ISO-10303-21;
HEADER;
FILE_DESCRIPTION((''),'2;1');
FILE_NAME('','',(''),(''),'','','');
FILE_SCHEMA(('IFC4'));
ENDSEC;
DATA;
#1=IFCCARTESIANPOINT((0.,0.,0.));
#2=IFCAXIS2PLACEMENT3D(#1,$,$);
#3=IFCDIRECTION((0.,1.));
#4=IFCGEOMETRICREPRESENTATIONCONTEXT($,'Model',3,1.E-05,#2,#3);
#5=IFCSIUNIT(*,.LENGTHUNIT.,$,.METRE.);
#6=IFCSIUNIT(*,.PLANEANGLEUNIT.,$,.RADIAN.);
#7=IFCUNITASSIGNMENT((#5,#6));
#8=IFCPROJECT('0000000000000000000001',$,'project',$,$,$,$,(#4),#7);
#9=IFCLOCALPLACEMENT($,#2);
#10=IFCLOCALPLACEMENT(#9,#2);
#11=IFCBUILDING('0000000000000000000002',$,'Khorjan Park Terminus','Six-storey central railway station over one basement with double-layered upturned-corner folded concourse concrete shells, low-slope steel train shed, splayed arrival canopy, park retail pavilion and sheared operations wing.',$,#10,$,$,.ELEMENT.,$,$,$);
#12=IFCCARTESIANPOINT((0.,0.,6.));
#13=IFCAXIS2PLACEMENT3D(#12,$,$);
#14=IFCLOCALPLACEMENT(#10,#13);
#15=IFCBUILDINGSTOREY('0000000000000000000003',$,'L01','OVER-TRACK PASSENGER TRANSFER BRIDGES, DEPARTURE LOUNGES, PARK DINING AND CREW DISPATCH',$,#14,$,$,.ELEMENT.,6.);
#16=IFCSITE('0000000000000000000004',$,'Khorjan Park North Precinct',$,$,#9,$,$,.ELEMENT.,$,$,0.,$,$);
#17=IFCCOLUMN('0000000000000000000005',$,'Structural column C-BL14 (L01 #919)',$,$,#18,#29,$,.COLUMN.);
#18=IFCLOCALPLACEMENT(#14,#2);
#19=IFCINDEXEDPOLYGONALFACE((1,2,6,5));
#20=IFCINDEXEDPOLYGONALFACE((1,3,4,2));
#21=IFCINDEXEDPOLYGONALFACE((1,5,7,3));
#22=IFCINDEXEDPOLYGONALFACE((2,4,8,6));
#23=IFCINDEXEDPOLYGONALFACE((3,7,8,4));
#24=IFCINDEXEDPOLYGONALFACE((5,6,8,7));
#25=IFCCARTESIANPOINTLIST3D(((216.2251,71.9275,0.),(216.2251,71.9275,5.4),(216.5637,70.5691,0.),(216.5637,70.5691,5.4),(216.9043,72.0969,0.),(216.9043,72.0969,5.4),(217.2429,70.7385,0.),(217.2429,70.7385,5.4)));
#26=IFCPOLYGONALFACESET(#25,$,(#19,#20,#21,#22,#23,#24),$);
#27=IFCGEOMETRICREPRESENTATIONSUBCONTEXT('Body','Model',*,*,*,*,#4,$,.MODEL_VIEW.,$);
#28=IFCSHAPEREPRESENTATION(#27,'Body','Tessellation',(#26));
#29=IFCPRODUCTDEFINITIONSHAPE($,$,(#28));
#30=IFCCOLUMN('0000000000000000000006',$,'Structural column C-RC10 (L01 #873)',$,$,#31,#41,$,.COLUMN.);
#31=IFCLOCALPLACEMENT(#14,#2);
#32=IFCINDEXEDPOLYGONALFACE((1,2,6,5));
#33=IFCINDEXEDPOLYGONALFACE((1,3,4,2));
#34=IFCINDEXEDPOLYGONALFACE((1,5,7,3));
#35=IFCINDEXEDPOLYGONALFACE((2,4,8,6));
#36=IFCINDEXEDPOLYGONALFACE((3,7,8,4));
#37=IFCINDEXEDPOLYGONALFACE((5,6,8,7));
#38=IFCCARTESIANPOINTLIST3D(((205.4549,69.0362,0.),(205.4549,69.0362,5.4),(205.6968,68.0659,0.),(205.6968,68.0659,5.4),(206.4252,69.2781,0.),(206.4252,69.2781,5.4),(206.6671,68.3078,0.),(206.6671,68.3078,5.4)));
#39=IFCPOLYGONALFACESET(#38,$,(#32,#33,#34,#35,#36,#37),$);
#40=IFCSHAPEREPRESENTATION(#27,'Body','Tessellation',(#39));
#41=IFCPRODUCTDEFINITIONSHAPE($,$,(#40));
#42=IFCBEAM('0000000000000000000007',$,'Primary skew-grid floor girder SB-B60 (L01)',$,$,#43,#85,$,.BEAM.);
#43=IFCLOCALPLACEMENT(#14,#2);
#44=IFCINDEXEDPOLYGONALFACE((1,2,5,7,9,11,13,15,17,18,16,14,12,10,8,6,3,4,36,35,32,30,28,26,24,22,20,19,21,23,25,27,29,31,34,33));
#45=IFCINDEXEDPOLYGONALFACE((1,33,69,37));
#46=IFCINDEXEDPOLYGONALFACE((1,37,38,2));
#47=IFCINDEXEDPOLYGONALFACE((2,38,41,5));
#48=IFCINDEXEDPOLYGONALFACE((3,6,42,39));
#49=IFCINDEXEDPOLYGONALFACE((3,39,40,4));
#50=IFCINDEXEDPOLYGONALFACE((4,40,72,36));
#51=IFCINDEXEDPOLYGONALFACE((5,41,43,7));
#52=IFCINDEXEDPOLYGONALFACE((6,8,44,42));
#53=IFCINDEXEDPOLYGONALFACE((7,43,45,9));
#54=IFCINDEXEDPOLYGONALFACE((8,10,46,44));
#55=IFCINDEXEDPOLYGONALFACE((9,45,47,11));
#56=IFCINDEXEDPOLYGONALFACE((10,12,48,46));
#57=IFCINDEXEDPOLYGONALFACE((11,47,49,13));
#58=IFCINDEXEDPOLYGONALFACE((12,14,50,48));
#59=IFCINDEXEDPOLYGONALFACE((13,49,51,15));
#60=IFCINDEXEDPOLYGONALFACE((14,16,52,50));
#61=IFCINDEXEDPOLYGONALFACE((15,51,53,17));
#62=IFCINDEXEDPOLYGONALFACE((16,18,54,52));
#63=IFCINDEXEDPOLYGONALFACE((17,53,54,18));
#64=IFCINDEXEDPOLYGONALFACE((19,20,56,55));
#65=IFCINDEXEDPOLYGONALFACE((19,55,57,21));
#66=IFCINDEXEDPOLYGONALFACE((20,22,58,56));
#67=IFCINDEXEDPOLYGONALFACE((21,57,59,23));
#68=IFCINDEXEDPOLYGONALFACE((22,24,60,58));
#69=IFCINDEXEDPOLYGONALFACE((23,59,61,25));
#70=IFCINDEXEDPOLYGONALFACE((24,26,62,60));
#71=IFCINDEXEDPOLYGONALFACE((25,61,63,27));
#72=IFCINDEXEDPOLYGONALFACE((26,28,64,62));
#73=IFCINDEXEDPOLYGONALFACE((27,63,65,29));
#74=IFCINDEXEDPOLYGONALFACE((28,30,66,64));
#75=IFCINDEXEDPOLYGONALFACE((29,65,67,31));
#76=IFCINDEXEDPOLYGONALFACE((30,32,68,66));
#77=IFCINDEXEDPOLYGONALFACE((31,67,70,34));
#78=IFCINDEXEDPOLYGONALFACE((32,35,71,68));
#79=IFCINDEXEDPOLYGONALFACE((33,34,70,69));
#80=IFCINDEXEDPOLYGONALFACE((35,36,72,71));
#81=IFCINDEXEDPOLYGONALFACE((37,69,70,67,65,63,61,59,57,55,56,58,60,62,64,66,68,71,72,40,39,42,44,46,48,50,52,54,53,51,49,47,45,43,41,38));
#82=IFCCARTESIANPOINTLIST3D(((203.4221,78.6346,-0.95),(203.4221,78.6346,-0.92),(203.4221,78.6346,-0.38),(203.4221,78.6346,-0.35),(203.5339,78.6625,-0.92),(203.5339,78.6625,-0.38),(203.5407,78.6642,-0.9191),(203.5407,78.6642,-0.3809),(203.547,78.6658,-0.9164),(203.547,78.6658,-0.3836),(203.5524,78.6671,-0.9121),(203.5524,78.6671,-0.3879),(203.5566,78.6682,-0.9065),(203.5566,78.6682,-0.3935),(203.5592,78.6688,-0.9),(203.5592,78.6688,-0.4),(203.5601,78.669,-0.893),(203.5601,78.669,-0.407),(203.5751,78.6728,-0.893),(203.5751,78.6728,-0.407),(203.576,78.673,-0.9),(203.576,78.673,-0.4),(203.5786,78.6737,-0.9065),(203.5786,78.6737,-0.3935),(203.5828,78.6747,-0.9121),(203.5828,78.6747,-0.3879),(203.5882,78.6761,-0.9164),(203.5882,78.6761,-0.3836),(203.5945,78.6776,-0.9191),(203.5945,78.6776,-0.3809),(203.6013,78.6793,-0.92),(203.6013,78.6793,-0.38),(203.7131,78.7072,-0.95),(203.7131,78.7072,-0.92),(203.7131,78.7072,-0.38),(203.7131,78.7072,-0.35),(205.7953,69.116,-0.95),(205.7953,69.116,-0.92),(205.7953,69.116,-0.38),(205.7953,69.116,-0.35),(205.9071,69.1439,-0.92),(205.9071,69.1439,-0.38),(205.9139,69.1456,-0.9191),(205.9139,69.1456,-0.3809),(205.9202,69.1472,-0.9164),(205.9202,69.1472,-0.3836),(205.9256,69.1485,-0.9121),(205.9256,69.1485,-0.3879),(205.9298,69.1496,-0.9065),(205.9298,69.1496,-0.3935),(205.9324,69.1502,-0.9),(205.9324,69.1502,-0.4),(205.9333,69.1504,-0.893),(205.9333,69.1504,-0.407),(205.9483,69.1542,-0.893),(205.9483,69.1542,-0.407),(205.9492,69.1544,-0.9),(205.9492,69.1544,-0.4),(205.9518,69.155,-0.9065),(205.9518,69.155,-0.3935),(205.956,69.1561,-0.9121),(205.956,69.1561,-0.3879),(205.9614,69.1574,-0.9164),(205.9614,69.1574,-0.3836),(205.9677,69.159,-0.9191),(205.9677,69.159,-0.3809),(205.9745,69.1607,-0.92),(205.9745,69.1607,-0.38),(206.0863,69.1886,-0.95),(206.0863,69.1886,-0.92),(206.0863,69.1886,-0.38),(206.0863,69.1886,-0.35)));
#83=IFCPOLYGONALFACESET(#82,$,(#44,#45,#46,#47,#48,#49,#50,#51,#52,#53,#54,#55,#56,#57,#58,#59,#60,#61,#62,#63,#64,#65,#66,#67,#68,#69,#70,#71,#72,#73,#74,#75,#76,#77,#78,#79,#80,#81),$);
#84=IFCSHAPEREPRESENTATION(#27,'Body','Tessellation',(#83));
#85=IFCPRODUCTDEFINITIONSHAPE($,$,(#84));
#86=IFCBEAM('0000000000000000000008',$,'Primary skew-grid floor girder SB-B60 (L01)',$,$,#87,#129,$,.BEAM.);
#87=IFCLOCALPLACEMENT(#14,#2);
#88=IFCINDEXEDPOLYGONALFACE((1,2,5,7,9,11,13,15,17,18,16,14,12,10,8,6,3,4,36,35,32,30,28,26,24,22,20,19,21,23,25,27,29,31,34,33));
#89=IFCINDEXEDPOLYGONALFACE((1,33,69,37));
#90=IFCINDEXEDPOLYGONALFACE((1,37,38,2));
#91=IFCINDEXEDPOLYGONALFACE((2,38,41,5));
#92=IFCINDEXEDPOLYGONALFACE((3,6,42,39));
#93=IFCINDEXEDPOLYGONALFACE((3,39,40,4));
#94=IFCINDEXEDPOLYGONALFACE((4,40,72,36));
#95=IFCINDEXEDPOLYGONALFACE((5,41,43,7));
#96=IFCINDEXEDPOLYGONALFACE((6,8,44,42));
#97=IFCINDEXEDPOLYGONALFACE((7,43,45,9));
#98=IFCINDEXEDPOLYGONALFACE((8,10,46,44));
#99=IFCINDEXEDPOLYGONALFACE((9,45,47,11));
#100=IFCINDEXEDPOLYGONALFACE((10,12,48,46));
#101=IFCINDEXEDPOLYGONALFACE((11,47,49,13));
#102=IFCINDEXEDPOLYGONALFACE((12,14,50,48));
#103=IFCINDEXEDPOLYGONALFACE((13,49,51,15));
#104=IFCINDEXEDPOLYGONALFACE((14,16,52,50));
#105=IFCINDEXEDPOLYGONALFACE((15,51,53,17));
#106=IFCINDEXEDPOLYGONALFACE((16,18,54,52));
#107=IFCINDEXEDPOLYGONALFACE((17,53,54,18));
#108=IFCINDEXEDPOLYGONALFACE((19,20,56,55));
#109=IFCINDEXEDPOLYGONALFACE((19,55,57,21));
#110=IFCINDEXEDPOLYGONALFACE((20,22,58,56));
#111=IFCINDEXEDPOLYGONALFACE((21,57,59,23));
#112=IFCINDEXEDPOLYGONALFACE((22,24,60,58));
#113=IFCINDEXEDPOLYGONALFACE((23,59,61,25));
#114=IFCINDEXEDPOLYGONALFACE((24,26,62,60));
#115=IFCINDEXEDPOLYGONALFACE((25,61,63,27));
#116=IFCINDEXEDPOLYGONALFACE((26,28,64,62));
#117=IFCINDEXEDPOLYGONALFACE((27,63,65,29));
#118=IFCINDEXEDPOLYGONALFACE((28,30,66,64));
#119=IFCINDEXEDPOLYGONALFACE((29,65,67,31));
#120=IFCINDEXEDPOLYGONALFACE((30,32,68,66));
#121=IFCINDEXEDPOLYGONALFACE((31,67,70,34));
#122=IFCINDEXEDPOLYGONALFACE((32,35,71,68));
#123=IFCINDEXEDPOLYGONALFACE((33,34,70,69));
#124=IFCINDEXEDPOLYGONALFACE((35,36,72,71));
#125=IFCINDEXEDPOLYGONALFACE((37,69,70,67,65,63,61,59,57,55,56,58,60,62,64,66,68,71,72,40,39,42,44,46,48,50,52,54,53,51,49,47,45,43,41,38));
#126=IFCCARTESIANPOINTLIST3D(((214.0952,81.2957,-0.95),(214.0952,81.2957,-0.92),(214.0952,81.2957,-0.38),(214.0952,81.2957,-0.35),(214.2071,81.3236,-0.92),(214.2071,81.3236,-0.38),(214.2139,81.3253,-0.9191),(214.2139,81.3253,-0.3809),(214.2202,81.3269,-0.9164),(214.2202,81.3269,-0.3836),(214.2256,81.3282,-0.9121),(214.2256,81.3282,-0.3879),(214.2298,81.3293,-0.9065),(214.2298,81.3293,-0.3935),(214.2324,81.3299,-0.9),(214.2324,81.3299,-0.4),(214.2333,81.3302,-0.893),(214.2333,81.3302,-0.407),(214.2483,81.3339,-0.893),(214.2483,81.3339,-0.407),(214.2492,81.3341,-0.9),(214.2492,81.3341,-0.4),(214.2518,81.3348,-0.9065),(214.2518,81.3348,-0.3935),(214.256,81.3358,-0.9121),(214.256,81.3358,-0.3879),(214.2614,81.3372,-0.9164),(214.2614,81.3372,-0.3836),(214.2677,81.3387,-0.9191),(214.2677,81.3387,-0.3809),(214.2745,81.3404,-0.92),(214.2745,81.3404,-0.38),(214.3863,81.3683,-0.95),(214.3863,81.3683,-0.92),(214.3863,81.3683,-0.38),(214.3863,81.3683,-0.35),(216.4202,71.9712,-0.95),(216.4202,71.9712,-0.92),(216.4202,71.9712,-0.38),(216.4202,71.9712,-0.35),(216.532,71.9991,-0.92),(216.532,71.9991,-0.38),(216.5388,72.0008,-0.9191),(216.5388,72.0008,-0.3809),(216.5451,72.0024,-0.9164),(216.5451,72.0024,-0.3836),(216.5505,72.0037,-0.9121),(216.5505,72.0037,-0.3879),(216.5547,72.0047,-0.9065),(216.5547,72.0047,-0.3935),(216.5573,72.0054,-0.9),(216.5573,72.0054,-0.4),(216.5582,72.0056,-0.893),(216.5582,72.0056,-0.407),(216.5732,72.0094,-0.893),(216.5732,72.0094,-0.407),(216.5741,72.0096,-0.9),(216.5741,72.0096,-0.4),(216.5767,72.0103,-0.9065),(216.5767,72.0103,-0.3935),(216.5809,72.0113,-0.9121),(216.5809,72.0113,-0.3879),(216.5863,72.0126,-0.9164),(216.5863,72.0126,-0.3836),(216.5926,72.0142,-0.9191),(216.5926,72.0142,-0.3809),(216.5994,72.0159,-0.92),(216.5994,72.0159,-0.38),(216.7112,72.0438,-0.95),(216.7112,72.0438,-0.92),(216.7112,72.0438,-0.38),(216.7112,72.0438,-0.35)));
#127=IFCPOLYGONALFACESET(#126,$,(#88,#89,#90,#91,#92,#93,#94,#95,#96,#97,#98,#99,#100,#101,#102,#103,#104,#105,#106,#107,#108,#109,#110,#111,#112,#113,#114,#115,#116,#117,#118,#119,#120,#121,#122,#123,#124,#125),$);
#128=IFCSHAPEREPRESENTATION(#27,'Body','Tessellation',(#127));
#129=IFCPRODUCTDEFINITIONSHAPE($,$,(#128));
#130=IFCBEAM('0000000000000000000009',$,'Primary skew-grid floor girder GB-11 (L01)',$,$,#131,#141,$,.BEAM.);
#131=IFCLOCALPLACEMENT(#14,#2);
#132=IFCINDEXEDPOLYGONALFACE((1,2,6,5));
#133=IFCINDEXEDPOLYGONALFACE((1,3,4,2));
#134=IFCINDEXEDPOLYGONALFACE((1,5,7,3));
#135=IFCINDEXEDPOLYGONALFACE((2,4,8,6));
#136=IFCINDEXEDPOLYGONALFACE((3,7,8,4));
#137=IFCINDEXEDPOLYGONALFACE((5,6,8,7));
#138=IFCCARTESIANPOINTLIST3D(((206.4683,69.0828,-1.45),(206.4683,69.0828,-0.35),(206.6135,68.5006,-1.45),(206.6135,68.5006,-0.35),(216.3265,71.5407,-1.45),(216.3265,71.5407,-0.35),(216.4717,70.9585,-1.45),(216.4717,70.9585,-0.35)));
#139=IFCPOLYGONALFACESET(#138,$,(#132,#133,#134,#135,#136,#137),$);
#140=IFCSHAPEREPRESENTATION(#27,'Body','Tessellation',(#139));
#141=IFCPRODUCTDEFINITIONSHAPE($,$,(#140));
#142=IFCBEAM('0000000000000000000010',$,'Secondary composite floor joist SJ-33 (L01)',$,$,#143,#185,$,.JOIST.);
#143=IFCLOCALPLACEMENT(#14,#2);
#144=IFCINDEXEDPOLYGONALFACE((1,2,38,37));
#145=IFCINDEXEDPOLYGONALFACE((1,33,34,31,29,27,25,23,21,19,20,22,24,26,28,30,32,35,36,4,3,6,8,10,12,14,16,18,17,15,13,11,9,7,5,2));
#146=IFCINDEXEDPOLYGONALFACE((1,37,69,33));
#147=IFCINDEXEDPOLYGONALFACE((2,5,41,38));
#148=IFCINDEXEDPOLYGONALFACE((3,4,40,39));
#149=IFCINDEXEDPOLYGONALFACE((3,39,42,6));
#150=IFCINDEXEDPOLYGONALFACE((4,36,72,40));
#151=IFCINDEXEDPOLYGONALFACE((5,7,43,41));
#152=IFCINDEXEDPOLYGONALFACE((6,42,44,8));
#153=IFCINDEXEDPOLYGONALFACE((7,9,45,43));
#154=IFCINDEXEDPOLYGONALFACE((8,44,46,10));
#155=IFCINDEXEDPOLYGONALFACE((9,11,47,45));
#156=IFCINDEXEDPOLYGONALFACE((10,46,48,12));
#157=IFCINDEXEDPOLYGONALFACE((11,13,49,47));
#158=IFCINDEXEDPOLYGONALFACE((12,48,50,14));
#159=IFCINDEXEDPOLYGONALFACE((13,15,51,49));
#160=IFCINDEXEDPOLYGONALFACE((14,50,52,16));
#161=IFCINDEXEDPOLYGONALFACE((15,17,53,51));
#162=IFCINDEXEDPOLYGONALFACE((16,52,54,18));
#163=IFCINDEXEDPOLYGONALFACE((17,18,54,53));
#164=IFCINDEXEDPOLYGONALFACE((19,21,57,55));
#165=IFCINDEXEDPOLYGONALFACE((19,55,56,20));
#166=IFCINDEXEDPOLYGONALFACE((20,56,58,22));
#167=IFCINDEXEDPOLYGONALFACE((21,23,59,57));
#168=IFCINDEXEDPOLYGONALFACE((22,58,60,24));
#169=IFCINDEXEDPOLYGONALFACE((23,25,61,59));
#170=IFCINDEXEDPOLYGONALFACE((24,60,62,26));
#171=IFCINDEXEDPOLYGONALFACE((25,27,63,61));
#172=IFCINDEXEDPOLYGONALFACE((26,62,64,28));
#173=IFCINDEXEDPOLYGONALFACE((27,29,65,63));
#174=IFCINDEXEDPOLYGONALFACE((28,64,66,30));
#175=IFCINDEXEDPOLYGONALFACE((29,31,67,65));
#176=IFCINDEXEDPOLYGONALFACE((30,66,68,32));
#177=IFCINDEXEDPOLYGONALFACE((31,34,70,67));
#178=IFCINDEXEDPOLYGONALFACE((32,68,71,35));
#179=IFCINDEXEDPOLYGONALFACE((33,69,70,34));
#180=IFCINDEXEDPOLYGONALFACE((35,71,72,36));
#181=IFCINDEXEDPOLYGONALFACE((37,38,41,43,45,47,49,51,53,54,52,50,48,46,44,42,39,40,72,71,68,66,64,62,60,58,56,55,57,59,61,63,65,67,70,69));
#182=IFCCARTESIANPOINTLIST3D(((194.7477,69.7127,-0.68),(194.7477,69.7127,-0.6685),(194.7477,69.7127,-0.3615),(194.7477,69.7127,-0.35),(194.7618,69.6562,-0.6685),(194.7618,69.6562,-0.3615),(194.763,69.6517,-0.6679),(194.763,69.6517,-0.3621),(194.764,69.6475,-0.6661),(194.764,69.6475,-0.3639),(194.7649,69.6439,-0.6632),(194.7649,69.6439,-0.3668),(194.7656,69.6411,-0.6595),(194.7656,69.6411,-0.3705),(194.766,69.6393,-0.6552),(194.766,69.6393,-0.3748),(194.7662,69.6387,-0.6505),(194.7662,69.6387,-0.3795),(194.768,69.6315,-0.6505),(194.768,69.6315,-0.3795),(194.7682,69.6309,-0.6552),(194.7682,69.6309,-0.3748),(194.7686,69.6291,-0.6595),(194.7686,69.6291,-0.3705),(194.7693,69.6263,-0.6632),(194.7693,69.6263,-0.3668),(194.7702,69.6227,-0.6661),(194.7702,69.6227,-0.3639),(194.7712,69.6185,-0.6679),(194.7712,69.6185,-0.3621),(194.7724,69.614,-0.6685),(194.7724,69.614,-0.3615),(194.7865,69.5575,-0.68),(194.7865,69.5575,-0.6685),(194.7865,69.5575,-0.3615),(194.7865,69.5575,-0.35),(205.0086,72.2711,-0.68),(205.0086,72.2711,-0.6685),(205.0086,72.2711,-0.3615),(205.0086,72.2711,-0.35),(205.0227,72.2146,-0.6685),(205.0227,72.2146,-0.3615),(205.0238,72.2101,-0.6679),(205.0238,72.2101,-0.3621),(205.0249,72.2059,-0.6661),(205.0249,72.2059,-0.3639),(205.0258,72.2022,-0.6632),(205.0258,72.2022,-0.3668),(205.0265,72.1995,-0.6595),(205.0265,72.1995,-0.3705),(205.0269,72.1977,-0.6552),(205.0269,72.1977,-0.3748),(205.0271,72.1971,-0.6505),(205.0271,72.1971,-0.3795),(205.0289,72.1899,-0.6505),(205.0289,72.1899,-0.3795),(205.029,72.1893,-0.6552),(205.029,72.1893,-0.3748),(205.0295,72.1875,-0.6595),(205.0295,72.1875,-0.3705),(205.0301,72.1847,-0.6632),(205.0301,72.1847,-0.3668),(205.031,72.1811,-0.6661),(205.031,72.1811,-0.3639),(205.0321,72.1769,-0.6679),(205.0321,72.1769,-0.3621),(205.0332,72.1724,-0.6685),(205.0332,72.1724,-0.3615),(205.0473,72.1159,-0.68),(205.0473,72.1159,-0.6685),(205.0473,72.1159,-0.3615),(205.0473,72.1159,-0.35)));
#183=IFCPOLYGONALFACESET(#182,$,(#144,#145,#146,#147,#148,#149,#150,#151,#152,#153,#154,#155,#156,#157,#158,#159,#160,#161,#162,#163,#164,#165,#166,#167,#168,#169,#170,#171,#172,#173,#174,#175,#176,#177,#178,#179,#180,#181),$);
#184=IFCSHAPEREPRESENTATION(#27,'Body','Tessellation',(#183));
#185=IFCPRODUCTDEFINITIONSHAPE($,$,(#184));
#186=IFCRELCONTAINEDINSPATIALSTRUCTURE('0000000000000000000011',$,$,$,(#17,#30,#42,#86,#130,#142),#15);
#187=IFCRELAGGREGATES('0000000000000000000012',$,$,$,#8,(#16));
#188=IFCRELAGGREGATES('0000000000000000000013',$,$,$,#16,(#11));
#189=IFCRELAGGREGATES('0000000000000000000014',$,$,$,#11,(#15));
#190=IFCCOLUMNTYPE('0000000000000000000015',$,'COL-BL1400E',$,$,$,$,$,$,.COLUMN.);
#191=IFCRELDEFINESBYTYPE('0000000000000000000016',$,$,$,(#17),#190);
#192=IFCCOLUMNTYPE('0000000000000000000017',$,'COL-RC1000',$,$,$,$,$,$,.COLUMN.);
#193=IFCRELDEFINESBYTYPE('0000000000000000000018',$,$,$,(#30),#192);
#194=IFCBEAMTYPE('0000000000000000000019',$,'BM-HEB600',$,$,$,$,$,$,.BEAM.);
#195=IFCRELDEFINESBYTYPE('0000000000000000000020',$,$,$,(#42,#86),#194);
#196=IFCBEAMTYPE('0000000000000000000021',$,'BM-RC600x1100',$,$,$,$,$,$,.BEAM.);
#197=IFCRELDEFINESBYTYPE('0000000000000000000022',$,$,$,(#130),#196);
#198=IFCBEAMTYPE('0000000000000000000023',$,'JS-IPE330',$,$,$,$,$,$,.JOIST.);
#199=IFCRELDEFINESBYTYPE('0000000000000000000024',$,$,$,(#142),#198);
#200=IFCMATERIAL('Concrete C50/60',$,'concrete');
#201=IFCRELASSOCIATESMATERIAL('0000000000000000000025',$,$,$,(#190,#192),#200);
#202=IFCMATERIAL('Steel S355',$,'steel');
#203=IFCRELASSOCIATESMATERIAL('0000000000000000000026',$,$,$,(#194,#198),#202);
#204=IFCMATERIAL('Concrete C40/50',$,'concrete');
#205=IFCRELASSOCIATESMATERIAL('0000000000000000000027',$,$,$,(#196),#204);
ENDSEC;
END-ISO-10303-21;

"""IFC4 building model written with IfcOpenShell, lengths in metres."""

from ifc_helpers import new_model, si_unit, direction, frame, origin, origin_2d, place, context, subcontext, project, spatial, rectangle, i_section, extrude, material, material_profile, profile_set, type_object, element, save


model = new_model("IFC4")

# Units and contexts
model_context = context("Model", 3, precision=1e-05, world=origin(), true_north=direction((0.0, 1.0)))
body_context = subcontext(model_context, "Body", "Model", "MODEL_VIEW")
ifc_project = project(units=[si_unit("LENGTHUNIT", "METRE"), si_unit("PLANEANGLEUNIT", "RADIAN")], contexts=[model_context])

# Site, building, storey
site_placement = place(None, origin())
site = spatial("IfcSite", under=ifc_project, at=site_placement, Name="Khorjan Park North Precinct", CompositionType="ELEMENT", RefElevation=0.0)
building_placement = place(site_placement, origin())
building = spatial("IfcBuilding", under=site, at=building_placement, Name="Khorjan Park Terminus", Description="Six-storey central railway station over one basement with double-layered upturned-corner folded concourse concrete shells, low-slope steel train shed, splayed arrival canopy, park retail pavilion and sheared operations wing.", CompositionType="ELEMENT")
storey_placement = place(building_placement, frame((0.0, 0.0, 6.0)))
storey = spatial("IfcBuildingStorey", under=building, at=storey_placement, Name="L01", Description="OVER-TRACK PASSENGER TRANSFER BRIDGES, DEPARTURE LOUNGES, PARK DINING AND CREW DISPATCH", CompositionType="ELEMENT", Elevation=6.0)

# Columns
ifc_material_1 = material(Name="Concrete C50/60", Category="concrete")
ifc_material_profile_1 = material_profile(ifc_material_1, rectangle(XDim=0.7, YDim=1.4, at=origin_2d()), Name="RC 700x1400")
ifc_profile_set_1 = profile_set([ifc_material_profile_1], Name="Concrete C50/60")
column_type_1 = type_object("IfcColumnType", Name="COL-BL1400E", PredefinedType="COLUMN", material=ifc_profile_set_1)
column_1_placement = place(storey_placement, frame((216.734, 71.333, 0.0), z_axis=(0.0, 0.0, 1.0), x_axis=(0.970296, 0.241922, 0.0)))
element("IfcColumn", 1, at=column_1_placement, inside=storey, type_object=column_type_1, Name="Structural column C-BL14 (L01 #919)", PredefinedType="COLUMN", context=body_context, shape_type="SweptSolid", body=[
    extrude(rectangle(XDim=0.7, YDim=1.4, at=origin_2d()), origin(), (0.0, 0.0, 1.0), 5.4),
])
ifc_material_profile_2 = material_profile(ifc_material_1, rectangle(XDim=1.0, YDim=1.0, at=origin_2d()), Name="RC 1000x1000")
ifc_profile_set_2 = profile_set([ifc_material_profile_2], Name="Concrete C50/60")
column_type_2 = type_object("IfcColumnType", Name="COL-RC1000", PredefinedType="COLUMN", material=ifc_profile_set_2)
column_2_placement = place(storey_placement, frame((206.061, 68.672, 0.0), z_axis=(0.0, 0.0, 1.0), x_axis=(0.970296, 0.241922, 0.0)))
element("IfcColumn", 2, at=column_2_placement, inside=storey, type_object=column_type_2, Name="Structural column C-RC10 (L01 #873)", PredefinedType="COLUMN", context=body_context, shape_type="SweptSolid", body=[
    extrude(rectangle(XDim=1.0, YDim=1.0, at=origin_2d()), origin(), (0.0, 0.0, 1.0), 5.4),
])

# Beams
ifc_material_2 = material(Name="Steel S355", Category="steel")
ifc_material_profile_3 = material_profile(ifc_material_2, i_section(OverallWidth=0.3, OverallDepth=0.6, WebThickness=0.0155, FlangeThickness=0.03, FilletRadius=0.027, at=origin_2d()), Name="HEB 600")
ifc_profile_set_3 = profile_set([ifc_material_profile_3], Name="Steel S355")
beam_type_1 = type_object("IfcBeamType", Name="BM-HEB600", PredefinedType="BEAM", material=ifc_profile_set_3)
beam_1_placement = place(storey_placement, frame((205.9408, 69.1523, -0.65), z_axis=(-0.241917, 0.970297, 0.0), x_axis=(-0.970297, -0.241917, 0.0)))
element("IfcBeam", 3, at=beam_1_placement, inside=storey, type_object=beam_type_1, Name="Primary skew-grid floor girder SB-B60 (L01)", PredefinedType="BEAM", context=body_context, shape_type="SweptSolid", body=[
    extrude(i_section(OverallWidth=0.3, OverallDepth=0.6, WebThickness=0.0155, FlangeThickness=0.03, FilletRadius=0.027, at=origin_2d()), origin(), (0.0, 0.0, 1.0), 9.81),
])
beam_2_placement = place(storey_placement, frame((216.5657, 72.0075, -0.65), z_axis=(-0.241926, 0.970295, 0.0), x_axis=(-0.970295, -0.241926, 0.0)))
element("IfcBeam", 4, at=beam_2_placement, inside=storey, type_object=beam_type_1, Name="Primary skew-grid floor girder SB-B60 (L01)", PredefinedType="BEAM", context=body_context, shape_type="SweptSolid", body=[
    extrude(i_section(OverallWidth=0.3, OverallDepth=0.6, WebThickness=0.0155, FlangeThickness=0.03, FilletRadius=0.027, at=origin_2d()), origin(), (0.0, 0.0, 1.0), 9.61),
])
ifc_material_3 = material(Name="Concrete C40/50", Category="concrete")
ifc_material_profile_4 = material_profile(ifc_material_3, rectangle(XDim=0.6, YDim=1.1, at=origin_2d()), Name="RC 600x1100")
ifc_profile_set_4 = profile_set([ifc_material_profile_4], Name="Concrete C40/50")
beam_type_2 = type_object("IfcBeamType", Name="BM-RC600x1100", PredefinedType="BEAM", material=ifc_profile_set_4)
beam_3_placement = place(storey_placement, frame((206.5409, 68.7917, -0.9), z_axis=(0.970296, 0.24192, 0.0), x_axis=(-0.24192, 0.970296, 0.0)))
element("IfcBeam", 5, at=beam_3_placement, inside=storey, type_object=beam_type_2, Name="Primary skew-grid floor girder GB-11 (L01)", PredefinedType="BEAM", context=body_context, shape_type="SweptSolid", body=[
    extrude(rectangle(XDim=0.6, YDim=1.1, at=origin_2d()), origin(), (0.0, 0.0, 1.0), 10.16),
])
ifc_material_profile_5 = material_profile(ifc_material_2, i_section(OverallWidth=0.16, OverallDepth=0.33, WebThickness=0.0075, FlangeThickness=0.0115, FilletRadius=0.018, at=origin_2d()), Name="IPE 330")
ifc_profile_set_5 = profile_set([ifc_material_profile_5], Name="Steel S355")
beam_type_3 = type_object("IfcBeamType", Name="JS-IPE330", PredefinedType="JOIST", material=ifc_profile_set_5)
beam_4_placement = place(storey_placement, frame((194.7671, 69.6351, -0.515), z_axis=(0.970294, 0.241928, 0.0), x_axis=(-0.241928, 0.970294, 0.0)))
element("IfcBeam", 6, at=beam_4_placement, inside=storey, type_object=beam_type_3, Name="Secondary composite floor joist SJ-33 (L01)", PredefinedType="JOIST", context=body_context, shape_type="SweptSolid", body=[
    extrude(i_section(OverallWidth=0.16, OverallDepth=0.33, WebThickness=0.0075, FlangeThickness=0.0115, FilletRadius=0.018, at=origin_2d()), origin(), (0.0, 0.0, 1.0), 10.575),
])

save(model, "model.ifc")
